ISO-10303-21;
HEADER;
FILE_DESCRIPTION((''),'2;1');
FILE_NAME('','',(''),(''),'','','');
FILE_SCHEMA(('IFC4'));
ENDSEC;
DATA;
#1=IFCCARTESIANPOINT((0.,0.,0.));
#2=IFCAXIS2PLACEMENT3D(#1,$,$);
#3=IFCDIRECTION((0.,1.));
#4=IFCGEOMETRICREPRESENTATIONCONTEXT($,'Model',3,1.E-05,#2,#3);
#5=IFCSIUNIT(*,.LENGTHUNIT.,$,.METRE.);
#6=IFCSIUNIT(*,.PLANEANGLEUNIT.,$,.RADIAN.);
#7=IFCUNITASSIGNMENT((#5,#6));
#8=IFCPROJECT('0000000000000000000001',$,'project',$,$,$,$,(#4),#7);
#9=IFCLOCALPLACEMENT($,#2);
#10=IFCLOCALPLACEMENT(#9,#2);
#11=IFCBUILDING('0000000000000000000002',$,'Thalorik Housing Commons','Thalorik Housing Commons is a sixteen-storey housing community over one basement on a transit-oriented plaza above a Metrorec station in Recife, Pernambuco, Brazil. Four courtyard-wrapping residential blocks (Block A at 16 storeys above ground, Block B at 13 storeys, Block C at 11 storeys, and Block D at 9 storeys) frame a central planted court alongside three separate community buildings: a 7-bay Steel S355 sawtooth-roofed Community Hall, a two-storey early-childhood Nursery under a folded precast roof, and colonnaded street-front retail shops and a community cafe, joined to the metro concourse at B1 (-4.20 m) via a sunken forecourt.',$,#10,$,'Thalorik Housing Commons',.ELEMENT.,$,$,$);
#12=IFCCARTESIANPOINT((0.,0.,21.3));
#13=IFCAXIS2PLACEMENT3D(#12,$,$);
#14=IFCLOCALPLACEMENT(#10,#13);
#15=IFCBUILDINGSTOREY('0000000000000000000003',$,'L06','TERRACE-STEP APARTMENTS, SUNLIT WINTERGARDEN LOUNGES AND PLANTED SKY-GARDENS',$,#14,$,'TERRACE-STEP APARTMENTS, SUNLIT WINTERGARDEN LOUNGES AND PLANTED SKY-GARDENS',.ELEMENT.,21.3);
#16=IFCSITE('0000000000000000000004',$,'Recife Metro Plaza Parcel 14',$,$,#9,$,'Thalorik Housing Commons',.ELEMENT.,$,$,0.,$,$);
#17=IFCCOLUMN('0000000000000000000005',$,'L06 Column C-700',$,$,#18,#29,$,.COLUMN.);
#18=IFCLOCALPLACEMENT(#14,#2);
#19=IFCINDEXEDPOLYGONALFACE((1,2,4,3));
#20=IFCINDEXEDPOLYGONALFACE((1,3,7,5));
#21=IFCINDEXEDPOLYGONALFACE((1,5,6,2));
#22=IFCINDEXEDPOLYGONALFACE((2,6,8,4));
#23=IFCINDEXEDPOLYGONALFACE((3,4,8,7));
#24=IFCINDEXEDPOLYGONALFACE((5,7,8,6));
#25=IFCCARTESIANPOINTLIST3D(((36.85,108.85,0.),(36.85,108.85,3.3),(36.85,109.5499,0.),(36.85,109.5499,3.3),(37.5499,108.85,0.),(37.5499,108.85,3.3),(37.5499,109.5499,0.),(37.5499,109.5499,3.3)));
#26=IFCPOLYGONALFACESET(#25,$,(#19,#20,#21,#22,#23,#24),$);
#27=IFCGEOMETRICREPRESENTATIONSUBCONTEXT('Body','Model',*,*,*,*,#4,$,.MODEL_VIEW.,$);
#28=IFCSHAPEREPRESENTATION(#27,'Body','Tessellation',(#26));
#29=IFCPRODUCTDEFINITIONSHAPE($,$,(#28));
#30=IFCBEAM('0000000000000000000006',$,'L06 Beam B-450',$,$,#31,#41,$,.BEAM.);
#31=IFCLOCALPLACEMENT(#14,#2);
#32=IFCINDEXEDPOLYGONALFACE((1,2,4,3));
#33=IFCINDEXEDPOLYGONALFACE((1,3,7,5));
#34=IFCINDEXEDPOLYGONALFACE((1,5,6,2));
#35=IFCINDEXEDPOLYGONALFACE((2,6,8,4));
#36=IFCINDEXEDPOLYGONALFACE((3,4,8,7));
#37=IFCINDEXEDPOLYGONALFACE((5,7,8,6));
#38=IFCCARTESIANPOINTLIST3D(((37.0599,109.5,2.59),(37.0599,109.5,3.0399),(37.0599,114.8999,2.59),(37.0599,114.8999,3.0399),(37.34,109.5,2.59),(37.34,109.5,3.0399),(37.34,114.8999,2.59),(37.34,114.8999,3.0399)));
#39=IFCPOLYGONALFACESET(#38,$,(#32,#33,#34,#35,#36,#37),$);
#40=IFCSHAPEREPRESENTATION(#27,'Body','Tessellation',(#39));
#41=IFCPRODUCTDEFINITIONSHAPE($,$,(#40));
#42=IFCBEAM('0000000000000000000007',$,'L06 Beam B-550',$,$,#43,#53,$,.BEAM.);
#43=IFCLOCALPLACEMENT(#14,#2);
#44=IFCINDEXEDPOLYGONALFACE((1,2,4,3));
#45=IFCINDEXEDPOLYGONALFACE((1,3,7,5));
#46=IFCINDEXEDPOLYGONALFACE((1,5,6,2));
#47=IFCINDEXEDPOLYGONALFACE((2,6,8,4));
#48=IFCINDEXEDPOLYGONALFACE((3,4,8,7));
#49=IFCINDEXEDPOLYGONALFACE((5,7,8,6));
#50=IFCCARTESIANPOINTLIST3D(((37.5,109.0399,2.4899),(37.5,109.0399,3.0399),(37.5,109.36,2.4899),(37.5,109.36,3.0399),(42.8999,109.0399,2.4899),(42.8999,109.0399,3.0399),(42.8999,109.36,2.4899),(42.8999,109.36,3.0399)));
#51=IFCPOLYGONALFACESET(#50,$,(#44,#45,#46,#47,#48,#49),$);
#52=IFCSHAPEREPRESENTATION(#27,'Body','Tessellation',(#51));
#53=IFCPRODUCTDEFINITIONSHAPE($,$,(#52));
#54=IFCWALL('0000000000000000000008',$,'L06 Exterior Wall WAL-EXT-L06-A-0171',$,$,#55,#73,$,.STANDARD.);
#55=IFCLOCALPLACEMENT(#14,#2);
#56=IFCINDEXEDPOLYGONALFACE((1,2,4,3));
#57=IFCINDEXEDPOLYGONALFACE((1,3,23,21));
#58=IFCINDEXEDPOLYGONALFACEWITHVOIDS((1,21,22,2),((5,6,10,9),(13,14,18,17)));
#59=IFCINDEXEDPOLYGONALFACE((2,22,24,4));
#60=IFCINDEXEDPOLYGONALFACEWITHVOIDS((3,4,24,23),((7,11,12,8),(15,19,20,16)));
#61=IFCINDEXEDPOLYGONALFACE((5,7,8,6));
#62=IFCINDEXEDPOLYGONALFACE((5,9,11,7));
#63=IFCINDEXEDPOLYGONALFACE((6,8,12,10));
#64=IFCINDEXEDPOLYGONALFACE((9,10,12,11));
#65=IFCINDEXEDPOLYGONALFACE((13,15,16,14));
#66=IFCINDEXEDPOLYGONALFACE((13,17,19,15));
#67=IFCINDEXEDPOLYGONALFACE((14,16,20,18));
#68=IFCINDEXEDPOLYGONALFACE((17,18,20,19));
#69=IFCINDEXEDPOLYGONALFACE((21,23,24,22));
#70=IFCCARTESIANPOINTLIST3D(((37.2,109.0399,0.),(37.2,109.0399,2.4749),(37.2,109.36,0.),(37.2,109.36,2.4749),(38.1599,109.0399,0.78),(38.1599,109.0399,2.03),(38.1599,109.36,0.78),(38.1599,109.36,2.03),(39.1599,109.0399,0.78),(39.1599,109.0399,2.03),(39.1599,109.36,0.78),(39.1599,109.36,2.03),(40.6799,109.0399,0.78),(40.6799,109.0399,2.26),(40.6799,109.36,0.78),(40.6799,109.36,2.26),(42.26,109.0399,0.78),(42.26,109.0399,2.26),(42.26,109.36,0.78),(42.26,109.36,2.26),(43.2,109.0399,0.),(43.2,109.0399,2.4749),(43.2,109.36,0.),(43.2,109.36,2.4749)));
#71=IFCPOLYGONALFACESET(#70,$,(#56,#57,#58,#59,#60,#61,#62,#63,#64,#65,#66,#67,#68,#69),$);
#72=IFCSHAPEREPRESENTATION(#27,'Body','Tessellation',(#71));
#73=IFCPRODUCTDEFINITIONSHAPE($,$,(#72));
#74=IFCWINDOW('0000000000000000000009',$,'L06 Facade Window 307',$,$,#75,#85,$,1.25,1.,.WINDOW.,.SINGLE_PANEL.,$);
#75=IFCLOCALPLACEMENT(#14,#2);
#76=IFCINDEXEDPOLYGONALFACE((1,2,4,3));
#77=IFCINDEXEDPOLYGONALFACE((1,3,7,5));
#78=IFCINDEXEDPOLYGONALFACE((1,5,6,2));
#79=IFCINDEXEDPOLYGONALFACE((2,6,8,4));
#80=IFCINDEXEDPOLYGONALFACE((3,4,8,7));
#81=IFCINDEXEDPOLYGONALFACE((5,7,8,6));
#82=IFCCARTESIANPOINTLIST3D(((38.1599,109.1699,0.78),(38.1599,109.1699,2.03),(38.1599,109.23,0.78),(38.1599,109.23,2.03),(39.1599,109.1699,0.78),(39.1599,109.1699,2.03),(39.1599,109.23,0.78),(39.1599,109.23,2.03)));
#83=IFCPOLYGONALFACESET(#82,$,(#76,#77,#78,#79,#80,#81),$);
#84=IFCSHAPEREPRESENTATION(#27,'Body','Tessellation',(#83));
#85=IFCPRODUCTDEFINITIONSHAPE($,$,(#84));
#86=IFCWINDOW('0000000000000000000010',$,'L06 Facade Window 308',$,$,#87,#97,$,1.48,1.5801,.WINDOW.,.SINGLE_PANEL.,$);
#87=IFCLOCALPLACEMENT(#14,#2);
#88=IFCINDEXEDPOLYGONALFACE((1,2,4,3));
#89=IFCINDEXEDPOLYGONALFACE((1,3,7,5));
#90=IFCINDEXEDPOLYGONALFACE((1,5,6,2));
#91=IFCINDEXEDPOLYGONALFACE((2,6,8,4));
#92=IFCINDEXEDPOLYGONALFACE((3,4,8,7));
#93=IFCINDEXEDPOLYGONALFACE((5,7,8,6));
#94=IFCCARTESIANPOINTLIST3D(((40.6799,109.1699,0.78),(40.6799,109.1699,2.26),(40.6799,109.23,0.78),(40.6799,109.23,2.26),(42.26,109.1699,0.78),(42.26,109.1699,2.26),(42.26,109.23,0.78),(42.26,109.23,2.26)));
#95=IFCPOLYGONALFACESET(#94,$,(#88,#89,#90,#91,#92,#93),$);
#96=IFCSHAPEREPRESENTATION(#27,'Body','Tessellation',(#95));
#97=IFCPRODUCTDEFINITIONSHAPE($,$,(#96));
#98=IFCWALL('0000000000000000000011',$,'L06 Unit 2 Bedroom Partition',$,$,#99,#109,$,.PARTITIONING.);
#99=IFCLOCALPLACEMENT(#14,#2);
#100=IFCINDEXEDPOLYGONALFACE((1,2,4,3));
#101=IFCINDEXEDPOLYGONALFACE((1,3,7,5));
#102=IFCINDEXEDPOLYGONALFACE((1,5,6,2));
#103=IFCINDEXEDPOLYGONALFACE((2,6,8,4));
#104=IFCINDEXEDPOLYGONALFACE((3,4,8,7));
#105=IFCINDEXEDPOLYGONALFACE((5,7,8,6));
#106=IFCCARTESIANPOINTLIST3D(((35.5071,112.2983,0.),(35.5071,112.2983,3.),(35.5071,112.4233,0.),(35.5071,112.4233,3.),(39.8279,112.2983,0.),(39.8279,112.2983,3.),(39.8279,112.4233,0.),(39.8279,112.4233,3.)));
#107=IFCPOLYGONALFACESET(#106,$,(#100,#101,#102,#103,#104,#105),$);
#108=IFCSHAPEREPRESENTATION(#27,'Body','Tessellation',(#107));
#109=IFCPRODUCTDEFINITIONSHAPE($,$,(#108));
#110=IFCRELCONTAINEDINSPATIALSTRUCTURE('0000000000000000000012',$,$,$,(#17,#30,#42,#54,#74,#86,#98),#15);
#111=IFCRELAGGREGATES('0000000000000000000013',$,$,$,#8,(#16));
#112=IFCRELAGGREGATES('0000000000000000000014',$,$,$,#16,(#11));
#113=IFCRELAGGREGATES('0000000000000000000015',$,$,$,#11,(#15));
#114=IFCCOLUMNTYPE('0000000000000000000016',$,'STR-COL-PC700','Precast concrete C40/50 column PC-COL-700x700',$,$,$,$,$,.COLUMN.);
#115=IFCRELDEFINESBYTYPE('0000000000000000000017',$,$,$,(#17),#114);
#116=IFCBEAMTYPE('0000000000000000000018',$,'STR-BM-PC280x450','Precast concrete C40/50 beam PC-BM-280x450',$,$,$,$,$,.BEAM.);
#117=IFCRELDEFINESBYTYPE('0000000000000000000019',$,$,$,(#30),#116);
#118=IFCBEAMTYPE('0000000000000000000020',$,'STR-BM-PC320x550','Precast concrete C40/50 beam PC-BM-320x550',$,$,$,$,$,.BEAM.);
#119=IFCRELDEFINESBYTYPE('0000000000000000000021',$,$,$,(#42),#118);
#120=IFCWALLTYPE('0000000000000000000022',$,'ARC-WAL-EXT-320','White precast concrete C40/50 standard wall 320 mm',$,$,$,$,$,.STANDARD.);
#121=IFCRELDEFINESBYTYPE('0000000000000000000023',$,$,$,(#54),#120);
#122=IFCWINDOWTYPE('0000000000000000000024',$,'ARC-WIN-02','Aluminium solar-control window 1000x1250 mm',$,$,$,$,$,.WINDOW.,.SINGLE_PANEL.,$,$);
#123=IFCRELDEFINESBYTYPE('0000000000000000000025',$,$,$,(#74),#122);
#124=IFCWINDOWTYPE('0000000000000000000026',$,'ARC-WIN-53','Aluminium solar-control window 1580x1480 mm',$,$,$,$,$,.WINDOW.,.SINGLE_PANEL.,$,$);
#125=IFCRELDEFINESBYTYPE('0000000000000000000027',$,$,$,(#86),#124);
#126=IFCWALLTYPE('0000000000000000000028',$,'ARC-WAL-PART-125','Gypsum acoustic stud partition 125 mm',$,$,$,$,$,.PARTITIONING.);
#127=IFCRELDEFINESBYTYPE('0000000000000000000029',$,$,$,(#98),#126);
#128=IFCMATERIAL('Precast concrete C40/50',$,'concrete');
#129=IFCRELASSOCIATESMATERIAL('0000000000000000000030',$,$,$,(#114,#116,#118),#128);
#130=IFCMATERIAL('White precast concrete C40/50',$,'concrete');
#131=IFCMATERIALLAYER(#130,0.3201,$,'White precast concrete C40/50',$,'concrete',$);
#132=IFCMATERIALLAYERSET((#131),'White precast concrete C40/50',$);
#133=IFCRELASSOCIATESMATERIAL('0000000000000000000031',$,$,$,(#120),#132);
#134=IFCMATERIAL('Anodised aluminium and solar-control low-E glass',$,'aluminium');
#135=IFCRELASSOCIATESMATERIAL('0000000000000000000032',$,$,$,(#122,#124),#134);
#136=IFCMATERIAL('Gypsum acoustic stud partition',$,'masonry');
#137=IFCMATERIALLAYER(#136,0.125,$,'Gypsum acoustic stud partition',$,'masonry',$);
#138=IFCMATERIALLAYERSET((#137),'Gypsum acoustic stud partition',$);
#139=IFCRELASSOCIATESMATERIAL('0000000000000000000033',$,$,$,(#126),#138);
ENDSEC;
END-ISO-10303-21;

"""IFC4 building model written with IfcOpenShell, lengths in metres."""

from ifc_helpers import new_model, si_unit, direction, frame, frame_2d, origin, origin_2d, place, context, subcontext, project, spatial, rectangle, extrude, material, layer, layer_set, material_profile, profile_set, type_object, element, fill, save


model = new_model("IFC4")

# Units and contexts
model_context = context("Model", 3, precision=1e-05, world=origin(), true_north=direction((0.0, 1.0)))
body_context = subcontext(model_context, "Body", "Model", "MODEL_VIEW")
ifc_project = project(units=[si_unit("LENGTHUNIT", "METRE"), si_unit("PLANEANGLEUNIT", "RADIAN")], contexts=[model_context])

# Site, building, storey
site_placement = place(None, origin())
site = spatial("IfcSite", under=ifc_project, at=site_placement, Name="Recife Metro Plaza Parcel 14", LongName="Thalorik Housing Commons", CompositionType="ELEMENT", RefElevation=0.0)
building_placement = place(site_placement, origin())
building = spatial("IfcBuilding", under=site, at=building_placement, Name="Thalorik Housing Commons", Description="Thalorik Housing Commons is a sixteen-storey housing community over one basement on a transit-oriented plaza above a Metrorec station in Recife, Pernambuco, Brazil. Four courtyard-wrapping residential blocks (Block A at 16 storeys above ground, Block B at 13 storeys, Block C at 11 storeys, and Block D at 9 storeys) frame a central planted court alongside three separate community buildings: a 7-bay Steel S355 sawtooth-roofed Community Hall, a two-storey early-childhood Nursery under a folded precast roof, and colonnaded street-front retail shops and a community cafe, joined to the metro concourse at B1 (-4.20 m) via a sunken forecourt.", LongName="Thalorik Housing Commons", CompositionType="ELEMENT")
storey_placement = place(building_placement, frame((0.0, 0.0, 21.3)))
storey = spatial("IfcBuildingStorey", under=building, at=storey_placement, Name="L06", Description="TERRACE-STEP APARTMENTS, SUNLIT WINTERGARDEN LOUNGES AND PLANTED SKY-GARDENS", LongName="TERRACE-STEP APARTMENTS, SUNLIT WINTERGARDEN LOUNGES AND PLANTED SKY-GARDENS", CompositionType="ELEMENT", Elevation=21.3)

# Column
ifc_material_1 = material(Name="Precast concrete C40/50", Category="concrete")
ifc_material_profile_1 = material_profile(ifc_material_1, rectangle(XDim=0.7, YDim=0.7, at=origin_2d()), Name="PC 700x700", Category="concrete")
ifc_profile_set_1 = profile_set([ifc_material_profile_1], Name="Precast concrete C40/50")
column_type = type_object("IfcColumnType", Name="STR-COL-PC700", Description="Precast concrete C40/50 column PC-COL-700x700", PredefinedType="COLUMN", material=ifc_profile_set_1)
column_placement = place(storey_placement, frame((37.2, 109.2, 0.0), z_axis=(0.0, 0.0, 1.0), x_axis=(1.0, 0.0, 0.0)))
element("IfcColumn", 1, at=column_placement, inside=storey, type_object=column_type, Name="L06 Column C-700", PredefinedType="COLUMN", context=body_context, shape_type="SweptSolid", body=[
    extrude(rectangle(XDim=0.7, YDim=0.7, at=origin_2d()), origin(), (0.0, 0.0, 1.0), 3.3),
])

# Beams
ifc_material_profile_2 = material_profile(ifc_material_1, rectangle(XDim=0.28, YDim=0.45, at=origin_2d()), Name="PC 280x450", Category="concrete")
ifc_profile_set_2 = profile_set([ifc_material_profile_2], Name="Precast concrete C40/50")
beam_type_1 = type_object("IfcBeamType", Name="STR-BM-PC280x450", Description="Precast concrete C40/50 beam PC-BM-280x450", PredefinedType="BEAM", material=ifc_profile_set_2)
beam_1_placement = place(storey_placement, frame((37.2, 109.5, 2.8149), z_axis=(0.0, 1.0, 0.0), x_axis=(-1.0, 0.0, 0.0)))
element("IfcBeam", 2, at=beam_1_placement, inside=storey, type_object=beam_type_1, Name="L06 Beam B-450", PredefinedType="BEAM", context=body_context, shape_type="SweptSolid", body=[
    extrude(rectangle(XDim=0.28, YDim=0.45, at=origin_2d()), origin(), (0.0, 0.0, 1.0), 5.3999),
])
ifc_material_profile_3 = material_profile(ifc_material_1, rectangle(XDim=0.3201, YDim=0.55, at=origin_2d()), Name="PC 320x550", Category="concrete")
ifc_profile_set_3 = profile_set([ifc_material_profile_3], Name="Precast concrete C40/50")
beam_type_2 = type_object("IfcBeamType", Name="STR-BM-PC320x550", Description="Precast concrete C40/50 beam PC-BM-320x550", PredefinedType="BEAM", material=ifc_profile_set_3)
beam_2_placement = place(storey_placement, frame((37.5, 109.2, 2.7649), z_axis=(1.0, 0.0, 0.0), x_axis=(0.0, 1.0, 0.0)))
element("IfcBeam", 3, at=beam_2_placement, inside=storey, type_object=beam_type_2, Name="L06 Beam B-550", PredefinedType="BEAM", context=body_context, shape_type="SweptSolid", body=[
    extrude(rectangle(XDim=0.3201, YDim=0.55, at=origin_2d()), origin(), (0.0, 0.0, 1.0), 5.3999),
])

# Wall, openings, windows
ifc_material_2 = material(Name="White precast concrete C40/50", Category="concrete")
ifc_layer_1 = layer(ifc_material_2, 0.3201, Name="White precast concrete C40/50", Category="concrete")
ifc_layer_set_1 = layer_set([ifc_layer_1], Name="White precast concrete C40/50")
wall_type_1 = type_object("IfcWallType", Name="ARC-WAL-EXT-320", Description="White precast concrete C40/50 standard wall 320 mm", PredefinedType="STANDARD", material=ifc_layer_set_1)
wall_1_placement = place(storey_placement, frame((37.2, 109.2, 0.0), z_axis=(0.0, 0.0, 1.0), x_axis=(1.0, 0.0, 0.0)))
wall_1 = element("IfcWall", 4, at=wall_1_placement, inside=storey, type_object=wall_type_1, Name="L06 Exterior Wall WAL-EXT-L06-A-0171", PredefinedType="STANDARD", context=body_context, shape_type="SweptSolid", body=[
    extrude(rectangle(XDim=6.0, YDim=0.3201, at=frame_2d((3.0, 0.0))), origin(), (0.0, 0.0, 1.0), 2.4749),
])
opening_1_placement = place(wall_1_placement, frame((0.96, 0.0, 0.78)))
opening_1 = element("IfcOpeningElement", 5, at=opening_1_placement, cuts=wall_1, PredefinedType="OPENING", context=body_context, shape_type="SweptSolid", body=[
    extrude(rectangle(XDim=1.0, YDim=1.25, at=frame_2d((0.5, 0.625))), frame((0.0, 0.1699, 0.0), z_axis=(0.0, -1.0, 0.0), x_axis=(1.0, 0.0, 0.0)), (0.0, 0.0, 1.0), 0.3401),
])
opening_2_placement = place(wall_1_placement, frame((3.48, 0.0, 0.78)))
opening_2 = element("IfcOpeningElement", 6, at=opening_2_placement, cuts=wall_1, PredefinedType="OPENING", context=body_context, shape_type="SweptSolid", body=[
    extrude(rectangle(XDim=1.5801, YDim=1.48, at=frame_2d((0.79, 0.74))), frame((0.0, 0.1699, 0.0), z_axis=(0.0, -1.0, 0.0), x_axis=(1.0, 0.0, 0.0)), (0.0, 0.0, 1.0), 0.3401),
])
ifc_material_3 = material(Name="Anodised aluminium and solar-control low-E glass", Category="aluminium")
window_type_1 = type_object("IfcWindowType", Name="ARC-WIN-02", Description="Aluminium solar-control window 1000x1250 mm", PartitioningType="SINGLE_PANEL", PredefinedType="WINDOW", material=ifc_material_3)
window_1_placement = place(opening_1_placement, origin())
window_1 = element("IfcWindow", 7, at=window_1_placement, inside=storey, type_object=window_type_1, Name="L06 Facade Window 307", OverallHeight=1.25, OverallWidth=1.0, PartitioningType="SINGLE_PANEL", PredefinedType="WINDOW", context=body_context, shape_type="SweptSolid", body=[
    extrude(rectangle(XDim=1.0, YDim=1.25, at=frame_2d((0.5, 0.625))), frame((0.0, 0.03, 0.0), z_axis=(0.0, -1.0, 0.0), x_axis=(1.0, 0.0, 0.0)), (0.0, 0.0, 1.0), 0.0601),
])
fill(opening_1, window_1)
window_type_2 = type_object("IfcWindowType", Name="ARC-WIN-53", Description="Aluminium solar-control window 1580x1480 mm", PartitioningType="SINGLE_PANEL", PredefinedType="WINDOW", material=ifc_material_3)
window_2_placement = place(opening_2_placement, origin())
window_2 = element("IfcWindow", 8, at=window_2_placement, inside=storey, type_object=window_type_2, Name="L06 Facade Window 308", OverallHeight=1.48, OverallWidth=1.5801, PartitioningType="SINGLE_PANEL", PredefinedType="WINDOW", context=body_context, shape_type="SweptSolid", body=[
    extrude(rectangle(XDim=1.5801, YDim=1.48, at=frame_2d((0.79, 0.74))), frame((0.0, 0.03, 0.0), z_axis=(0.0, -1.0, 0.0), x_axis=(1.0, 0.0, 0.0)), (0.0, 0.0, 1.0), 0.0601),
])
fill(opening_2, window_2)

# Wall
ifc_material_4 = material(Name="Gypsum acoustic stud partition", Category="masonry")
ifc_layer_2 = layer(ifc_material_4, 0.125, Name="Gypsum acoustic stud partition", Category="masonry")
ifc_layer_set_2 = layer_set([ifc_layer_2], Name="Gypsum acoustic stud partition")
wall_type_2 = type_object("IfcWallType", Name="ARC-WAL-PART-125", Description="Gypsum acoustic stud partition 125 mm", PredefinedType="PARTITIONING", material=ifc_layer_set_2)
wall_2_placement = place(storey_placement, frame((35.5071, 112.3608, 0.0), z_axis=(0.0, 0.0, 1.0), x_axis=(1.0, 0.0, 0.0)))
element("IfcWall", 9, at=wall_2_placement, inside=storey, type_object=wall_type_2, Name="L06 Unit 2 Bedroom Partition", PredefinedType="PARTITIONING", context=body_context, shape_type="SweptSolid", body=[
    extrude(rectangle(XDim=4.3208, YDim=0.125, at=frame_2d((2.1604, 0.0))), origin(), (0.0, 0.0, 1.0), 3.0),
])

save(model, "model.ifc")
